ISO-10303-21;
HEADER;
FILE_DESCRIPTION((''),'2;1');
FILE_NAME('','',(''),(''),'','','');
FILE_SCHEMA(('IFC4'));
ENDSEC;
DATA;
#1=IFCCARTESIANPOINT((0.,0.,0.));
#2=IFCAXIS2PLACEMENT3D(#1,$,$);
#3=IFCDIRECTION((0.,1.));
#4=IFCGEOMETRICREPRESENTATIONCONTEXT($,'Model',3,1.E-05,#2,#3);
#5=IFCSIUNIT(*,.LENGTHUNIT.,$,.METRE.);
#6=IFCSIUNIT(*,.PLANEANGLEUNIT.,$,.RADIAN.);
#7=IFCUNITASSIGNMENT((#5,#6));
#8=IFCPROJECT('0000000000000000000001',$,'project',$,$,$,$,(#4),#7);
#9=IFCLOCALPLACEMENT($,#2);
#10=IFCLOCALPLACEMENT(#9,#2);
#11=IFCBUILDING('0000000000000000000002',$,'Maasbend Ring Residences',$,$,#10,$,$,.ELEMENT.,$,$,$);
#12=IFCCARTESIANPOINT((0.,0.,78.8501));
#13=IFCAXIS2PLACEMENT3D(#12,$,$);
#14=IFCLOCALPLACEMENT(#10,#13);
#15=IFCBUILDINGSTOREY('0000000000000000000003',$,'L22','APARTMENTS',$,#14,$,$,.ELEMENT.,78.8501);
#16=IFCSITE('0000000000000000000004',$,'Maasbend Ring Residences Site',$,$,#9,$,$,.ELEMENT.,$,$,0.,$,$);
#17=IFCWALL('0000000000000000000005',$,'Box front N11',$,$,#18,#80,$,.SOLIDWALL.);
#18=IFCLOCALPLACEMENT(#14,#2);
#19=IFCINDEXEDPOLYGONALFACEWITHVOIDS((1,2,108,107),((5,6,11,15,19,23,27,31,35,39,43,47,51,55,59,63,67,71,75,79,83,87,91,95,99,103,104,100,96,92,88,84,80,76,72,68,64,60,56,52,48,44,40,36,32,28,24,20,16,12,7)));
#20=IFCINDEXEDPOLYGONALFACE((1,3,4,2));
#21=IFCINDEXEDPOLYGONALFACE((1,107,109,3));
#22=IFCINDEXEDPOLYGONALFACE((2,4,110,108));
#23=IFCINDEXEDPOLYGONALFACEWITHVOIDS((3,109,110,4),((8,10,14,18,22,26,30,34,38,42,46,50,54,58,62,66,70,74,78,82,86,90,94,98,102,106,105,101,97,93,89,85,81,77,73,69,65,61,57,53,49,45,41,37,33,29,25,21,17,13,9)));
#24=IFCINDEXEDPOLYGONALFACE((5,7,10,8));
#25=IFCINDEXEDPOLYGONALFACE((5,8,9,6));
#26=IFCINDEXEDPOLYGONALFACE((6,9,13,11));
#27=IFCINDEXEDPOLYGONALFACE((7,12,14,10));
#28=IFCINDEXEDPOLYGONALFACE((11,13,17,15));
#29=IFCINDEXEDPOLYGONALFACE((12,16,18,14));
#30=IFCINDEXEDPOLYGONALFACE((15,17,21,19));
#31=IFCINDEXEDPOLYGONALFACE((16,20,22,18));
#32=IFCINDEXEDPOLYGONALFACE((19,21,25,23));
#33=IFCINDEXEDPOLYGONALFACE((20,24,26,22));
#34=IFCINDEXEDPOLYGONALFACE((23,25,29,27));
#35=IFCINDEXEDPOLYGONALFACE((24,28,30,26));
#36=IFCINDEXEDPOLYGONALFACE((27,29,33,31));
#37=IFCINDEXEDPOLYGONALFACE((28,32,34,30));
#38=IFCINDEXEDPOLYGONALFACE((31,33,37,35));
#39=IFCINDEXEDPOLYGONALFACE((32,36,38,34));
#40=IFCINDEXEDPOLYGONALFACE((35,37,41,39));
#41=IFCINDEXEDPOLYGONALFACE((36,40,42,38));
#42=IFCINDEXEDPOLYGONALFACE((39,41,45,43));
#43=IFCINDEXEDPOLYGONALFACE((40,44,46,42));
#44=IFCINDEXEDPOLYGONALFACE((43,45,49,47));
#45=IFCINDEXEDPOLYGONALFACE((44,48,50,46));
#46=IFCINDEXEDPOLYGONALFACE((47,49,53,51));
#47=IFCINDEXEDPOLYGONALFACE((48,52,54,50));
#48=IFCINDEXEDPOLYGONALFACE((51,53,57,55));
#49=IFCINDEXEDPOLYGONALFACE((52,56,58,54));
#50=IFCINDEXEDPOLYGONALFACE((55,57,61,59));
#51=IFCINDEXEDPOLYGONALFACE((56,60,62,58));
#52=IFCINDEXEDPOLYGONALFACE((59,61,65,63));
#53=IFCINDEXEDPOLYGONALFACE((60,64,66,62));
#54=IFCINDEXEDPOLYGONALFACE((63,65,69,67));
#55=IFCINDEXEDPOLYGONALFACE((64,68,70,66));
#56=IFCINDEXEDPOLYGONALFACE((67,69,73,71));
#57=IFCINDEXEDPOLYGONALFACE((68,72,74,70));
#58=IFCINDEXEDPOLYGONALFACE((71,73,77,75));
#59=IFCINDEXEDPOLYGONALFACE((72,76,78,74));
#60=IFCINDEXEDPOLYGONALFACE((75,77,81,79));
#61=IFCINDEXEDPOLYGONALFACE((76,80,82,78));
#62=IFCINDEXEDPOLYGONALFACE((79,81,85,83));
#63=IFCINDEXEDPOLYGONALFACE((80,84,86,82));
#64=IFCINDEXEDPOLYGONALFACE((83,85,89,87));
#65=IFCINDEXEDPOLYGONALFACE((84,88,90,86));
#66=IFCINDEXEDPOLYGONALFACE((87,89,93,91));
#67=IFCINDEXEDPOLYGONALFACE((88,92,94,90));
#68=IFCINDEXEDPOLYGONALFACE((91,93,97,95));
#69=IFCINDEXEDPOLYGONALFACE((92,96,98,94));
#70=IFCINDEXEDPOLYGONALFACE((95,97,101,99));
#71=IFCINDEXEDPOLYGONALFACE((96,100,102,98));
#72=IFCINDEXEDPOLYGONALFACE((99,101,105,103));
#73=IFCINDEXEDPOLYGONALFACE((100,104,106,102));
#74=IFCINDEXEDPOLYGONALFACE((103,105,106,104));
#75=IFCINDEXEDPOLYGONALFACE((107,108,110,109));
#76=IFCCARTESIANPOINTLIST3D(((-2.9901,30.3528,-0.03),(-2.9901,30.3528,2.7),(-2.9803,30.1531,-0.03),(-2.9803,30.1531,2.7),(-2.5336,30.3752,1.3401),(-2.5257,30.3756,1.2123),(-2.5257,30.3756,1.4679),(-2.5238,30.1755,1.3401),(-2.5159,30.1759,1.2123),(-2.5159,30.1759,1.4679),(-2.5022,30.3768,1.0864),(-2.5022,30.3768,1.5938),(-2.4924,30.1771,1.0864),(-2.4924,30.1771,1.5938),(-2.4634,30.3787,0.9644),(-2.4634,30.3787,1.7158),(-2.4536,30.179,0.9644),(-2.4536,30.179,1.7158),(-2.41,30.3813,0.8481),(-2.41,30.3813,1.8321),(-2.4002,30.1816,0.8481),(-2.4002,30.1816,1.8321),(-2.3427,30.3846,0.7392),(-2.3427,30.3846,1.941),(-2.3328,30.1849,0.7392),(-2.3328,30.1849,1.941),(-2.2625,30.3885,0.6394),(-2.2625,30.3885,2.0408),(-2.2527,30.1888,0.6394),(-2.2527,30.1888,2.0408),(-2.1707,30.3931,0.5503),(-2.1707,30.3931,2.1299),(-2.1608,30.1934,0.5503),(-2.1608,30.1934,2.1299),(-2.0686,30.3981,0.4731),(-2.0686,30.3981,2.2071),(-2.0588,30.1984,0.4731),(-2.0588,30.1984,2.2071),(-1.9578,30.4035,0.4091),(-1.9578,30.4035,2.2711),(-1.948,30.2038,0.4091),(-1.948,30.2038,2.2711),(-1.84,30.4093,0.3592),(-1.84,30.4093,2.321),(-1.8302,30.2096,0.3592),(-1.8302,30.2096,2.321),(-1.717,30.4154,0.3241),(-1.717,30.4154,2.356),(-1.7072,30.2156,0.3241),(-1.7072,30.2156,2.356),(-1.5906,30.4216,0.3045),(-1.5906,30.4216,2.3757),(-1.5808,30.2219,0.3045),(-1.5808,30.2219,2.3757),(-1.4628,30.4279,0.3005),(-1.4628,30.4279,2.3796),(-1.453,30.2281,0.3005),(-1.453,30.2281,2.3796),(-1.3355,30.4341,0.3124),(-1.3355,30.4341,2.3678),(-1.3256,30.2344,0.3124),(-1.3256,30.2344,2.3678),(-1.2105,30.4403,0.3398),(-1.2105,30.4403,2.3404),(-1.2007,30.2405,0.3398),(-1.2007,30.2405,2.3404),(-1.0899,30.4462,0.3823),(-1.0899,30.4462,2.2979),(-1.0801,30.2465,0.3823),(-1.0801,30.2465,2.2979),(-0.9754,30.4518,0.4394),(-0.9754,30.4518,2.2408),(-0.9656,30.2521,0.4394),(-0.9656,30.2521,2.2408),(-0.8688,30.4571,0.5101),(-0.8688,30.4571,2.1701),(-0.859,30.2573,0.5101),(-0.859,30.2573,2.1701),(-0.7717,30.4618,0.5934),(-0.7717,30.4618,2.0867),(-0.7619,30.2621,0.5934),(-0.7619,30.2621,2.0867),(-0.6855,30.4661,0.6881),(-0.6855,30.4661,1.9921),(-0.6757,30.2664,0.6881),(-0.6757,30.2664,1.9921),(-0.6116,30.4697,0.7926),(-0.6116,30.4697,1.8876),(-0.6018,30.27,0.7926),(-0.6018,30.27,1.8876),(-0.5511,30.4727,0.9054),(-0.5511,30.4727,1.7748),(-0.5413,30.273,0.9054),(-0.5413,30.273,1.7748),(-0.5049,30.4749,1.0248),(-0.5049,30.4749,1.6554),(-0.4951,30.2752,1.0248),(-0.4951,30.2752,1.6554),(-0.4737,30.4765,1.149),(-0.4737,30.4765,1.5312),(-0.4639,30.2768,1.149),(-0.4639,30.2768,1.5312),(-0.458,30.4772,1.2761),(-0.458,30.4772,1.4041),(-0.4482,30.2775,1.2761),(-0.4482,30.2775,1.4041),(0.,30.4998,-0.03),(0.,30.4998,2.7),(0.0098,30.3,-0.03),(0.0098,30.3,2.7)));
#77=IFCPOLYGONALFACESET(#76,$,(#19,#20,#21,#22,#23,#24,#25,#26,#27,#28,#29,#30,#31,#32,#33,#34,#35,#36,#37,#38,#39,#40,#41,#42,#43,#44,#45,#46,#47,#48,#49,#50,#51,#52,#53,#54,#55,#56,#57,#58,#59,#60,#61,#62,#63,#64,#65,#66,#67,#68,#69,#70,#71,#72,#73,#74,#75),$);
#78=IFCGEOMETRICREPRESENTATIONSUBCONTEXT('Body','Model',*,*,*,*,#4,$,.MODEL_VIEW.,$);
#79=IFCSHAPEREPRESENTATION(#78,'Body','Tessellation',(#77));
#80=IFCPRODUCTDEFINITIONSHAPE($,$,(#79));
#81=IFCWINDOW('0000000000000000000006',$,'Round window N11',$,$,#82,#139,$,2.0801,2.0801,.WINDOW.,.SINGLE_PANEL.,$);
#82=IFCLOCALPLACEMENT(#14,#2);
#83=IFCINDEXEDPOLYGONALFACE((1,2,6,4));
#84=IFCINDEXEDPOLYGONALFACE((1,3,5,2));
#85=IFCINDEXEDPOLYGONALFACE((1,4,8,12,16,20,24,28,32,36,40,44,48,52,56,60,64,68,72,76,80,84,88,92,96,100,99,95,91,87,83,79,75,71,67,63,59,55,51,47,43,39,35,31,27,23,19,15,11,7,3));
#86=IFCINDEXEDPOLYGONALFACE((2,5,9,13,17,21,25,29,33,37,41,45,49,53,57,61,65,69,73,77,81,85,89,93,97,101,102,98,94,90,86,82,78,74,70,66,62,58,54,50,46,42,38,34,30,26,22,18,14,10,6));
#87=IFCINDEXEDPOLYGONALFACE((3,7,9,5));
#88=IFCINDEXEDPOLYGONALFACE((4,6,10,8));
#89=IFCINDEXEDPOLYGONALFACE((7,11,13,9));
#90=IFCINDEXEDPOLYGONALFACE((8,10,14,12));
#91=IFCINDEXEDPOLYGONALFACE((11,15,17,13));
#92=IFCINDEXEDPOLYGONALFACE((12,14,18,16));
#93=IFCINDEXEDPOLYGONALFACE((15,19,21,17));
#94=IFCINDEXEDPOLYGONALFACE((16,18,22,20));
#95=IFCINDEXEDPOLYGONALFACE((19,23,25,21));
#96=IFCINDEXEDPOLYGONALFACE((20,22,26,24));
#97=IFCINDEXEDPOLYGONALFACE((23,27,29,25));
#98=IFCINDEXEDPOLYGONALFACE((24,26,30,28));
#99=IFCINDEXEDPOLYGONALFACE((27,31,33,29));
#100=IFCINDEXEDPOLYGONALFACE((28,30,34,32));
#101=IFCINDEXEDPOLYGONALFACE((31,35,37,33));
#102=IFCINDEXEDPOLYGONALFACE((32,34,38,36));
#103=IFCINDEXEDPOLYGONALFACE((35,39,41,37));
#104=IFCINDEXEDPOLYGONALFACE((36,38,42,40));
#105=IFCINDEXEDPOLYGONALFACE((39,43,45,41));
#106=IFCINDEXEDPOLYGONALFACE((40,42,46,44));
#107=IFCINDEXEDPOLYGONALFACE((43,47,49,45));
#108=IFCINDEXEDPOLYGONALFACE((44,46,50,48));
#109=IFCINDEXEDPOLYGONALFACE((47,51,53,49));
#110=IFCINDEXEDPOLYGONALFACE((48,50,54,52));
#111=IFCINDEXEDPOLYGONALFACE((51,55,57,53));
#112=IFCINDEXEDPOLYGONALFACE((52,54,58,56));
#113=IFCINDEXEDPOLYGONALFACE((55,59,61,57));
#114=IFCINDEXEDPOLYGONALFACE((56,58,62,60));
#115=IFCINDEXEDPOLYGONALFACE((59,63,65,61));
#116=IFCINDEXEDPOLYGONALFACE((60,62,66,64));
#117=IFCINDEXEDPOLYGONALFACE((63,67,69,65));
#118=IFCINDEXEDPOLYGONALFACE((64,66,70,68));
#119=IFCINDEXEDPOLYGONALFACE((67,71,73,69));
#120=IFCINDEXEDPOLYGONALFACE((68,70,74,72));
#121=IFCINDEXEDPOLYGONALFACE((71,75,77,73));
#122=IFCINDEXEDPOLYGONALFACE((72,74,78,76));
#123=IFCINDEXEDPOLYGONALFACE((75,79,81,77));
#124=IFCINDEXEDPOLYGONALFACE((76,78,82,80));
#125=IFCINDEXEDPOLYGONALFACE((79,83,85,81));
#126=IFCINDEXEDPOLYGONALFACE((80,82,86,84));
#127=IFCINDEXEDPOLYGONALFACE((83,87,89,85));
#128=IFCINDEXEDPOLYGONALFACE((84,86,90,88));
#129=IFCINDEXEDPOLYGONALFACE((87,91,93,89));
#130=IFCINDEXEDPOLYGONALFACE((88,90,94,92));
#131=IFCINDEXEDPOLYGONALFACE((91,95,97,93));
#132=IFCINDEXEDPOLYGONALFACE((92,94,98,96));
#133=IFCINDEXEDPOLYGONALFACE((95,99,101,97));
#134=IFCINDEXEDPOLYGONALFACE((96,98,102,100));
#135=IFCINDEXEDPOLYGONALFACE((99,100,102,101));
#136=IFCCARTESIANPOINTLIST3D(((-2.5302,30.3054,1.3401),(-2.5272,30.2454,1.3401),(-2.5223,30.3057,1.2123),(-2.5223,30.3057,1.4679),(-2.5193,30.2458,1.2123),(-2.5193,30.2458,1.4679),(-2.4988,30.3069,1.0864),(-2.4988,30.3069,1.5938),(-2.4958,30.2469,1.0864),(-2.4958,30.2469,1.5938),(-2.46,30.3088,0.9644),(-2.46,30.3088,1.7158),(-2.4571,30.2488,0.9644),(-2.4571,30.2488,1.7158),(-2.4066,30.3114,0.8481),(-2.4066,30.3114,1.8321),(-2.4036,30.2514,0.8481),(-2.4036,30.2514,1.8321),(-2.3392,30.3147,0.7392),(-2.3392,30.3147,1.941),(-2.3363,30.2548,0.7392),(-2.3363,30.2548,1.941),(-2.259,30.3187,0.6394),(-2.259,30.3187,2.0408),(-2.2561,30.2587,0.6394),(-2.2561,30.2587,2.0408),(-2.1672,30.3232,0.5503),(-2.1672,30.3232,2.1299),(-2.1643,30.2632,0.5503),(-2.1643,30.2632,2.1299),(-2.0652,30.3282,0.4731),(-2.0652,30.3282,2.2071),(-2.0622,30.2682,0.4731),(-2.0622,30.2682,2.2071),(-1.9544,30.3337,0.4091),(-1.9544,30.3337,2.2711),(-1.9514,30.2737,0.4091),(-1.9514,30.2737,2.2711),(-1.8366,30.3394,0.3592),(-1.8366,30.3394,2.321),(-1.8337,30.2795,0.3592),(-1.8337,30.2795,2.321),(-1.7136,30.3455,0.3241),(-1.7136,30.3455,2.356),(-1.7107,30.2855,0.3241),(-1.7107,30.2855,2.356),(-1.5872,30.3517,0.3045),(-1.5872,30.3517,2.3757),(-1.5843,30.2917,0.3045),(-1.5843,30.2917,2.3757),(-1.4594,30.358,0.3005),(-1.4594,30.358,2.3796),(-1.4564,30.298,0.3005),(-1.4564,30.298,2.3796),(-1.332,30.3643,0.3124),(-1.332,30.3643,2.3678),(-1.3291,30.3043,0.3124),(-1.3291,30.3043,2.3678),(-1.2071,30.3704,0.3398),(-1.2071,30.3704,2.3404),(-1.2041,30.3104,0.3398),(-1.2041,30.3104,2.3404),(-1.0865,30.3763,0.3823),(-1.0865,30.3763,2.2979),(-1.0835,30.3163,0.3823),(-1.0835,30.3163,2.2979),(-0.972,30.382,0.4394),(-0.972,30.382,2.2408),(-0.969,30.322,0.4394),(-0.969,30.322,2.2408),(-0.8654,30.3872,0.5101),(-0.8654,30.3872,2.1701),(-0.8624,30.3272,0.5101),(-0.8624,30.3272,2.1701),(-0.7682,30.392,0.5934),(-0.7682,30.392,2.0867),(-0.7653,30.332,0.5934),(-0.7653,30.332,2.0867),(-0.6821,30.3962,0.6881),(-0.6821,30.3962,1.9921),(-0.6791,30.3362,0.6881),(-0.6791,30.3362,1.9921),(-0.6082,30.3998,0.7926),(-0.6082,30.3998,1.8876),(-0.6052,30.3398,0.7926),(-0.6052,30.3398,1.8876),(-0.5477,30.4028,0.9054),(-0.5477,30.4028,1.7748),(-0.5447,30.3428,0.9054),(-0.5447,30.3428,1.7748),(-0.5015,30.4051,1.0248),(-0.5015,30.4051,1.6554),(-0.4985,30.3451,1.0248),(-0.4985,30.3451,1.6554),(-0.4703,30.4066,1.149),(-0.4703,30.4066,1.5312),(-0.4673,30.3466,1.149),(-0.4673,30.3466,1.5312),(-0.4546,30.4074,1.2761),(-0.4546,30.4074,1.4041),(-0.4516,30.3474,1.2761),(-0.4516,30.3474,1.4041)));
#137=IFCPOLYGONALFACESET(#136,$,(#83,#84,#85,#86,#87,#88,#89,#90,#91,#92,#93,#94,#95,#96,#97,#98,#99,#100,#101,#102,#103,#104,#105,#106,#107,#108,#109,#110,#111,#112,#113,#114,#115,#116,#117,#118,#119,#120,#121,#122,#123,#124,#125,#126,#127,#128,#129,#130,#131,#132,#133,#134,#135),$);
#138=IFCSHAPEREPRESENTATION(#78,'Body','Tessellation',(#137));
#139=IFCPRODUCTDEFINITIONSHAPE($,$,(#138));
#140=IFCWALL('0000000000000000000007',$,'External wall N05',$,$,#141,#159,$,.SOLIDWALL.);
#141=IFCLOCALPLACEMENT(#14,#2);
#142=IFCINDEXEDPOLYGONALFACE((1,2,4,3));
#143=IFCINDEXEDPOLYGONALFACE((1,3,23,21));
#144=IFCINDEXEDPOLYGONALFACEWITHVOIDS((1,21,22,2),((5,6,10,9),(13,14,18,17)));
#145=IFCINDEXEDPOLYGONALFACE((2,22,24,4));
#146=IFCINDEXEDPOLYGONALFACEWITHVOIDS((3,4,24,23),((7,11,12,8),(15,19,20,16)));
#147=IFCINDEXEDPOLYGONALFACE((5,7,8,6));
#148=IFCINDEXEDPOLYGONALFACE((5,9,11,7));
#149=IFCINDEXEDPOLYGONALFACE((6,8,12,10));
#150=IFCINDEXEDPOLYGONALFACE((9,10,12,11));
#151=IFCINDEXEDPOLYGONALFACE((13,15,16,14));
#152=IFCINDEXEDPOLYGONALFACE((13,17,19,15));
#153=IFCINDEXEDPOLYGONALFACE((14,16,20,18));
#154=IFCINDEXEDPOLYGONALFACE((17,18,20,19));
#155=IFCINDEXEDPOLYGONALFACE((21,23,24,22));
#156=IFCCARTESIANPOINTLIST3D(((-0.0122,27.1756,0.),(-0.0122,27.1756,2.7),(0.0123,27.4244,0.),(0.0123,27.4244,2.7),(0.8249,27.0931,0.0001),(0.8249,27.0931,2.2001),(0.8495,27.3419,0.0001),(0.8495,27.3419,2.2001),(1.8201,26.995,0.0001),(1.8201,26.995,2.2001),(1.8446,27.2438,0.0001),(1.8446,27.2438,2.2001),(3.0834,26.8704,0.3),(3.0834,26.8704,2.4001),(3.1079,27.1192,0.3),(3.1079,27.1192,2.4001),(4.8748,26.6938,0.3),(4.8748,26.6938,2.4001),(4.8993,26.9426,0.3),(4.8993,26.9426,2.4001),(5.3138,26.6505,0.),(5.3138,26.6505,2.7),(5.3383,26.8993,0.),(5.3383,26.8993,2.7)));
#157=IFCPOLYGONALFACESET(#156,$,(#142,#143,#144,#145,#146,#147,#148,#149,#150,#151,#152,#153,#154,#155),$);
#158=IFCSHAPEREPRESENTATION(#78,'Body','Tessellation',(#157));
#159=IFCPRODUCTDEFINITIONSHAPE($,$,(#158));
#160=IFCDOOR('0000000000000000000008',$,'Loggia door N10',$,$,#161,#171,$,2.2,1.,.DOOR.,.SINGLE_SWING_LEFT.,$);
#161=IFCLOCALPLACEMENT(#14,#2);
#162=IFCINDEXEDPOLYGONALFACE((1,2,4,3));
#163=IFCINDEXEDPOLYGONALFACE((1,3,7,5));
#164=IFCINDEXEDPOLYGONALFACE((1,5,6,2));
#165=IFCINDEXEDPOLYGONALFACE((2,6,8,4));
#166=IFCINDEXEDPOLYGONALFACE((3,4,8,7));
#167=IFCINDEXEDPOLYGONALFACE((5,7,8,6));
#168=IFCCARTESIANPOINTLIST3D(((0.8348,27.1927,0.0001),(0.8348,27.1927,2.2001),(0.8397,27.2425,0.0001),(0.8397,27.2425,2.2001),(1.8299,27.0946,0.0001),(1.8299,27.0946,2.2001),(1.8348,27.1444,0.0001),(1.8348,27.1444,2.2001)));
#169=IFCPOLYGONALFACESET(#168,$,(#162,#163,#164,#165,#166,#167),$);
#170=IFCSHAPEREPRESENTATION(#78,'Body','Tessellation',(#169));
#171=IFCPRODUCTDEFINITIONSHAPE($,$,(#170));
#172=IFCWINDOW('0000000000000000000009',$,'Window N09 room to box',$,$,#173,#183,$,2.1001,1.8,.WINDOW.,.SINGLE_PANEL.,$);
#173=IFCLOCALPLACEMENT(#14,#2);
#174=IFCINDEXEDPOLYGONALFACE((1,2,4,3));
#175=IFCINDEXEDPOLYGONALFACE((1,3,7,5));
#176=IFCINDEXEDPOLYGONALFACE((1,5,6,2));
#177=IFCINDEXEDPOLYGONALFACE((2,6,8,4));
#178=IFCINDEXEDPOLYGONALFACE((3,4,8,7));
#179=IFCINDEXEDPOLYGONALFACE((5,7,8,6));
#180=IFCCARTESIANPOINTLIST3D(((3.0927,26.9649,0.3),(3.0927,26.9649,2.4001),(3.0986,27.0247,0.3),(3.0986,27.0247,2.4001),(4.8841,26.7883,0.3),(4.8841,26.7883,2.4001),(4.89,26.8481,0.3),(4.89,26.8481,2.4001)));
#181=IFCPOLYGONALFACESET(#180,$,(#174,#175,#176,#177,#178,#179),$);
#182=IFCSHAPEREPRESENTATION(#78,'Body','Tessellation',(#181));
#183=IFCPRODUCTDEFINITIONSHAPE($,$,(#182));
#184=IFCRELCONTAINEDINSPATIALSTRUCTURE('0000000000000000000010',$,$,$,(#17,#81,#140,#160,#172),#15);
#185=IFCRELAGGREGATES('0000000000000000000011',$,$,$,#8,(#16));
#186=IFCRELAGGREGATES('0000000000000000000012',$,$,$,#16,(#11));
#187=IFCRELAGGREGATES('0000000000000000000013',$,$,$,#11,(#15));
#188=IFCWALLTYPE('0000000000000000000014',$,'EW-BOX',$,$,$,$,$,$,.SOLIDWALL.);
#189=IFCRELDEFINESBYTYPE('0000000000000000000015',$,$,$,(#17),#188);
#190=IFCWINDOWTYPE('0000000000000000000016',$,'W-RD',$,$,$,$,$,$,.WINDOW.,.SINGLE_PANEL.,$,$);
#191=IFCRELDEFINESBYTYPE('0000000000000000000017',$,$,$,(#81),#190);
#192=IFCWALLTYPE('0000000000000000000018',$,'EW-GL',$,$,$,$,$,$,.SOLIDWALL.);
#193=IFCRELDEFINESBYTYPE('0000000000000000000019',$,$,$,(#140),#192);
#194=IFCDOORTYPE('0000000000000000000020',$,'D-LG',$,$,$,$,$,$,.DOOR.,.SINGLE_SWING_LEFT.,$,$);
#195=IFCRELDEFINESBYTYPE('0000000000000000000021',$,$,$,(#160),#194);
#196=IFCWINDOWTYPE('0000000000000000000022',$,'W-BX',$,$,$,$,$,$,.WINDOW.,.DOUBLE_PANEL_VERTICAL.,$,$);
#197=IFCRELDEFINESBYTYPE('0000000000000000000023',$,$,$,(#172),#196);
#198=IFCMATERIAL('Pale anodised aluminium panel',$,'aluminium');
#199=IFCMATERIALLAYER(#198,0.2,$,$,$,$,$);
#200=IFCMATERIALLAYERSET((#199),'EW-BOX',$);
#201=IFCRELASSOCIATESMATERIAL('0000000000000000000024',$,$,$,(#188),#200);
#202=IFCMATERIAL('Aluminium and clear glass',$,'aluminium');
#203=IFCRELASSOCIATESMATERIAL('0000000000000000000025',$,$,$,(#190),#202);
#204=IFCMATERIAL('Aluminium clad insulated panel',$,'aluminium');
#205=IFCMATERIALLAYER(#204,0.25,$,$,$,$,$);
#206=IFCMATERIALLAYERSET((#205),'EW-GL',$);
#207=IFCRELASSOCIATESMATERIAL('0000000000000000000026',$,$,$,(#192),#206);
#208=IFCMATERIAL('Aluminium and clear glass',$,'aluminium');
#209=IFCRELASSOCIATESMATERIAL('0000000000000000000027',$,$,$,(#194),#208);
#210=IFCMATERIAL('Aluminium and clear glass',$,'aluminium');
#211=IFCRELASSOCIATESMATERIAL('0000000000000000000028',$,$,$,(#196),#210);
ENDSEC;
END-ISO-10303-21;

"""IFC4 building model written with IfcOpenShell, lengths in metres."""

from ifc_helpers import new_model, si_unit, direction, frame, frame_2d, origin, place, context, subcontext, project, spatial, rectangle, circle, extrude, material, layer, layer_set, type_object, element, fill, save


model = new_model("IFC4")

# Units and contexts
model_context = context("Model", 3, precision=1e-05, world=origin(), true_north=direction((0.0, 1.0)))
body_context = subcontext(model_context, "Body", "Model", "MODEL_VIEW")
ifc_project = project(units=[si_unit("LENGTHUNIT", "METRE"), si_unit("PLANEANGLEUNIT", "RADIAN")], contexts=[model_context])

# Site, building, storey
site_placement = place(None, origin())
site = spatial("IfcSite", under=ifc_project, at=site_placement, Name="Maasbend Ring Residences Site", CompositionType="ELEMENT", RefElevation=0.0)
building_placement = place(site_placement, origin())
building = spatial("IfcBuilding", under=site, at=building_placement, Name="Maasbend Ring Residences", CompositionType="ELEMENT")
storey_placement = place(building_placement, frame((0.0, 0.0, 78.8501)))
storey = spatial("IfcBuildingStorey", under=building, at=storey_placement, Name="L22", Description="APARTMENTS", CompositionType="ELEMENT", Elevation=78.8501)

# Shared definitions
ifc_material_1 = material(Name="Pale anodised aluminium panel", Category="aluminium")
ifc_layer_1 = layer(ifc_material_1, 0.2)
ifc_layer_set_1 = layer_set([ifc_layer_1], Name="EW-BOX")
wall_type_1 = type_object("IfcWallType", Name="EW-BOX", PredefinedType="SOLIDWALL", material=ifc_layer_set_1)

# Shared definitions
ifc_material_2 = material(Name="Aluminium and clear glass", Category="aluminium")
window_type_1 = type_object("IfcWindowType", Name="W-RD", PartitioningType="SINGLE_PANEL", PredefinedType="WINDOW", material=ifc_material_2)

# Wall, opening, window
wall_1_placement = place(storey_placement, frame((0.0049, 30.3999, -0.03), z_axis=(0.0, 0.0, 1.0), x_axis=(-0.998794, -0.049096, 0.0)))
wall_1 = element("IfcWall", 1, at=wall_1_placement, inside=storey, type_object=wall_type_1, Name="Box front N11", PredefinedType="SOLIDWALL", context=body_context, shape_type="SweptSolid", body=[
    extrude(rectangle(XDim=2.9937, YDim=0.2, at=frame_2d((1.4968, 0.0))), origin(), (0.0, 0.0, 1.0), 2.73),
])
opening_1_placement = place(wall_1_placement, frame((0.4565, 0.0, 0.3301)))
opening_1 = element("IfcOpeningElement", 2, at=opening_1_placement, cuts=wall_1, PredefinedType="OPENING", context=body_context, shape_type="SweptSolid", body=[
    extrude(circle(Radius=1.04, at=frame_2d((1.04, 1.04))), frame((0.0, 0.1099, 0.0), z_axis=(0.0, -1.0, 0.0), x_axis=(1.0, 0.0, 0.0)), (0.0, 0.0, 1.0), 0.22),
])
window_1_placement = place(opening_1_placement, origin())
window_1 = element("IfcWindow", 3, at=window_1_placement, inside=storey, type_object=window_type_1, Name="Round window N11", OverallHeight=2.0801, OverallWidth=2.0801, PartitioningType="SINGLE_PANEL", PredefinedType="WINDOW", context=body_context, shape_type="SweptSolid", body=[
    extrude(circle(Radius=1.04, at=frame_2d((1.04, 1.04))), frame((0.0, 0.03, 0.0), z_axis=(0.0, -1.0, 0.0), x_axis=(1.0, 0.0, 0.0)), (0.0, 0.0, 1.0), 0.0601),
])
fill(opening_1, window_1)

# Wall, openings, door, window
ifc_material_3 = material(Name="Aluminium clad insulated panel", Category="aluminium")
ifc_layer_2 = layer(ifc_material_3, 0.25)
ifc_layer_set_2 = layer_set([ifc_layer_2], Name="EW-GL")
wall_type_2 = type_object("IfcWallType", Name="EW-GL", PredefinedType="SOLIDWALL", material=ifc_layer_set_2)
wall_2_placement = place(storey_placement, frame((5.3259, 26.7749, 0.0), z_axis=(0.0, 0.0, 1.0), x_axis=(-0.995174, 0.098126, 0.0)))
wall_2 = element("IfcWall", 4, at=wall_2_placement, inside=storey, type_object=wall_type_2, Name="External wall N05", PredefinedType="SOLIDWALL", context=body_context, shape_type="SweptSolid", body=[
    extrude(rectangle(XDim=5.3518, YDim=0.25, at=frame_2d((2.6758, 0.0))), origin(), (0.0, 0.0, 1.0), 2.7),
])
opening_2_placement = place(wall_2_placement, frame((0.4412, 0.0, 0.3)))
opening_2 = element("IfcOpeningElement", 5, at=opening_2_placement, cuts=wall_2, PredefinedType="OPENING", context=body_context, shape_type="SweptSolid", body=[
    extrude(rectangle(XDim=1.8, YDim=2.1001, at=frame_2d((0.8999, 1.05))), frame((0.0, 0.135, 0.0), z_axis=(0.0, -1.0, 0.0), x_axis=(1.0, 0.0, 0.0)), (0.0, 0.0, 1.0), 0.27),
])
opening_3_placement = place(wall_2_placement, frame((3.5105, 0.0, 0.0)))
opening_3 = element("IfcOpeningElement", 6, at=opening_3_placement, cuts=wall_2, PredefinedType="OPENING", context=body_context, shape_type="SweptSolid", body=[
    extrude(rectangle(XDim=1.0, YDim=2.2, at=frame_2d((0.5, 1.1001))), frame((0.0, 0.135, 0.0), z_axis=(0.0, -1.0, 0.0), x_axis=(1.0, 0.0, 0.0)), (0.0, 0.0, 1.0), 0.27),
])
ifc_material_4 = material(Name="Aluminium and clear glass", Category="aluminium")
door_type_1 = type_object("IfcDoorType", Name="D-LG", OperationType="SINGLE_SWING_LEFT", PredefinedType="DOOR", material=ifc_material_4)
door_1_placement = place(opening_3_placement, origin())
door_1 = element("IfcDoor", 7, at=door_1_placement, inside=storey, type_object=door_type_1, Name="Loggia door N10", OperationType="SINGLE_SWING_LEFT", OverallHeight=2.2, OverallWidth=1.0, PredefinedType="DOOR", context=body_context, shape_type="SweptSolid", body=[
    extrude(rectangle(XDim=1.0, YDim=2.2, at=frame_2d((0.5, 1.1001))), frame((0.0, 0.0249, 0.0), z_axis=(0.0, -1.0, 0.0), x_axis=(1.0, 0.0, 0.0)), (0.0, 0.0, 1.0), 0.05),
])
fill(opening_3, door_1)
ifc_material_5 = material(Name="Aluminium and clear glass", Category="aluminium")
window_type_2 = type_object("IfcWindowType", Name="W-BX", PartitioningType="DOUBLE_PANEL_VERTICAL", PredefinedType="WINDOW", material=ifc_material_5)
window_2_placement = place(opening_2_placement, origin())
window_2 = element("IfcWindow", 8, at=window_2_placement, inside=storey, type_object=window_type_2, Name="Window N09 room to box", OverallHeight=2.1001, OverallWidth=1.8, PartitioningType="SINGLE_PANEL", PredefinedType="WINDOW", context=body_context, shape_type="SweptSolid", body=[
    extrude(rectangle(XDim=1.8, YDim=2.1001, at=frame_2d((0.8999, 1.05))), frame((0.0, 0.03, 0.0), z_axis=(0.0, -1.0, 0.0), x_axis=(1.0, 0.0, 0.0)), (0.0, 0.0, 1.0), 0.0601),
])
fill(opening_2, window_2)

save(model, "model.ifc")
